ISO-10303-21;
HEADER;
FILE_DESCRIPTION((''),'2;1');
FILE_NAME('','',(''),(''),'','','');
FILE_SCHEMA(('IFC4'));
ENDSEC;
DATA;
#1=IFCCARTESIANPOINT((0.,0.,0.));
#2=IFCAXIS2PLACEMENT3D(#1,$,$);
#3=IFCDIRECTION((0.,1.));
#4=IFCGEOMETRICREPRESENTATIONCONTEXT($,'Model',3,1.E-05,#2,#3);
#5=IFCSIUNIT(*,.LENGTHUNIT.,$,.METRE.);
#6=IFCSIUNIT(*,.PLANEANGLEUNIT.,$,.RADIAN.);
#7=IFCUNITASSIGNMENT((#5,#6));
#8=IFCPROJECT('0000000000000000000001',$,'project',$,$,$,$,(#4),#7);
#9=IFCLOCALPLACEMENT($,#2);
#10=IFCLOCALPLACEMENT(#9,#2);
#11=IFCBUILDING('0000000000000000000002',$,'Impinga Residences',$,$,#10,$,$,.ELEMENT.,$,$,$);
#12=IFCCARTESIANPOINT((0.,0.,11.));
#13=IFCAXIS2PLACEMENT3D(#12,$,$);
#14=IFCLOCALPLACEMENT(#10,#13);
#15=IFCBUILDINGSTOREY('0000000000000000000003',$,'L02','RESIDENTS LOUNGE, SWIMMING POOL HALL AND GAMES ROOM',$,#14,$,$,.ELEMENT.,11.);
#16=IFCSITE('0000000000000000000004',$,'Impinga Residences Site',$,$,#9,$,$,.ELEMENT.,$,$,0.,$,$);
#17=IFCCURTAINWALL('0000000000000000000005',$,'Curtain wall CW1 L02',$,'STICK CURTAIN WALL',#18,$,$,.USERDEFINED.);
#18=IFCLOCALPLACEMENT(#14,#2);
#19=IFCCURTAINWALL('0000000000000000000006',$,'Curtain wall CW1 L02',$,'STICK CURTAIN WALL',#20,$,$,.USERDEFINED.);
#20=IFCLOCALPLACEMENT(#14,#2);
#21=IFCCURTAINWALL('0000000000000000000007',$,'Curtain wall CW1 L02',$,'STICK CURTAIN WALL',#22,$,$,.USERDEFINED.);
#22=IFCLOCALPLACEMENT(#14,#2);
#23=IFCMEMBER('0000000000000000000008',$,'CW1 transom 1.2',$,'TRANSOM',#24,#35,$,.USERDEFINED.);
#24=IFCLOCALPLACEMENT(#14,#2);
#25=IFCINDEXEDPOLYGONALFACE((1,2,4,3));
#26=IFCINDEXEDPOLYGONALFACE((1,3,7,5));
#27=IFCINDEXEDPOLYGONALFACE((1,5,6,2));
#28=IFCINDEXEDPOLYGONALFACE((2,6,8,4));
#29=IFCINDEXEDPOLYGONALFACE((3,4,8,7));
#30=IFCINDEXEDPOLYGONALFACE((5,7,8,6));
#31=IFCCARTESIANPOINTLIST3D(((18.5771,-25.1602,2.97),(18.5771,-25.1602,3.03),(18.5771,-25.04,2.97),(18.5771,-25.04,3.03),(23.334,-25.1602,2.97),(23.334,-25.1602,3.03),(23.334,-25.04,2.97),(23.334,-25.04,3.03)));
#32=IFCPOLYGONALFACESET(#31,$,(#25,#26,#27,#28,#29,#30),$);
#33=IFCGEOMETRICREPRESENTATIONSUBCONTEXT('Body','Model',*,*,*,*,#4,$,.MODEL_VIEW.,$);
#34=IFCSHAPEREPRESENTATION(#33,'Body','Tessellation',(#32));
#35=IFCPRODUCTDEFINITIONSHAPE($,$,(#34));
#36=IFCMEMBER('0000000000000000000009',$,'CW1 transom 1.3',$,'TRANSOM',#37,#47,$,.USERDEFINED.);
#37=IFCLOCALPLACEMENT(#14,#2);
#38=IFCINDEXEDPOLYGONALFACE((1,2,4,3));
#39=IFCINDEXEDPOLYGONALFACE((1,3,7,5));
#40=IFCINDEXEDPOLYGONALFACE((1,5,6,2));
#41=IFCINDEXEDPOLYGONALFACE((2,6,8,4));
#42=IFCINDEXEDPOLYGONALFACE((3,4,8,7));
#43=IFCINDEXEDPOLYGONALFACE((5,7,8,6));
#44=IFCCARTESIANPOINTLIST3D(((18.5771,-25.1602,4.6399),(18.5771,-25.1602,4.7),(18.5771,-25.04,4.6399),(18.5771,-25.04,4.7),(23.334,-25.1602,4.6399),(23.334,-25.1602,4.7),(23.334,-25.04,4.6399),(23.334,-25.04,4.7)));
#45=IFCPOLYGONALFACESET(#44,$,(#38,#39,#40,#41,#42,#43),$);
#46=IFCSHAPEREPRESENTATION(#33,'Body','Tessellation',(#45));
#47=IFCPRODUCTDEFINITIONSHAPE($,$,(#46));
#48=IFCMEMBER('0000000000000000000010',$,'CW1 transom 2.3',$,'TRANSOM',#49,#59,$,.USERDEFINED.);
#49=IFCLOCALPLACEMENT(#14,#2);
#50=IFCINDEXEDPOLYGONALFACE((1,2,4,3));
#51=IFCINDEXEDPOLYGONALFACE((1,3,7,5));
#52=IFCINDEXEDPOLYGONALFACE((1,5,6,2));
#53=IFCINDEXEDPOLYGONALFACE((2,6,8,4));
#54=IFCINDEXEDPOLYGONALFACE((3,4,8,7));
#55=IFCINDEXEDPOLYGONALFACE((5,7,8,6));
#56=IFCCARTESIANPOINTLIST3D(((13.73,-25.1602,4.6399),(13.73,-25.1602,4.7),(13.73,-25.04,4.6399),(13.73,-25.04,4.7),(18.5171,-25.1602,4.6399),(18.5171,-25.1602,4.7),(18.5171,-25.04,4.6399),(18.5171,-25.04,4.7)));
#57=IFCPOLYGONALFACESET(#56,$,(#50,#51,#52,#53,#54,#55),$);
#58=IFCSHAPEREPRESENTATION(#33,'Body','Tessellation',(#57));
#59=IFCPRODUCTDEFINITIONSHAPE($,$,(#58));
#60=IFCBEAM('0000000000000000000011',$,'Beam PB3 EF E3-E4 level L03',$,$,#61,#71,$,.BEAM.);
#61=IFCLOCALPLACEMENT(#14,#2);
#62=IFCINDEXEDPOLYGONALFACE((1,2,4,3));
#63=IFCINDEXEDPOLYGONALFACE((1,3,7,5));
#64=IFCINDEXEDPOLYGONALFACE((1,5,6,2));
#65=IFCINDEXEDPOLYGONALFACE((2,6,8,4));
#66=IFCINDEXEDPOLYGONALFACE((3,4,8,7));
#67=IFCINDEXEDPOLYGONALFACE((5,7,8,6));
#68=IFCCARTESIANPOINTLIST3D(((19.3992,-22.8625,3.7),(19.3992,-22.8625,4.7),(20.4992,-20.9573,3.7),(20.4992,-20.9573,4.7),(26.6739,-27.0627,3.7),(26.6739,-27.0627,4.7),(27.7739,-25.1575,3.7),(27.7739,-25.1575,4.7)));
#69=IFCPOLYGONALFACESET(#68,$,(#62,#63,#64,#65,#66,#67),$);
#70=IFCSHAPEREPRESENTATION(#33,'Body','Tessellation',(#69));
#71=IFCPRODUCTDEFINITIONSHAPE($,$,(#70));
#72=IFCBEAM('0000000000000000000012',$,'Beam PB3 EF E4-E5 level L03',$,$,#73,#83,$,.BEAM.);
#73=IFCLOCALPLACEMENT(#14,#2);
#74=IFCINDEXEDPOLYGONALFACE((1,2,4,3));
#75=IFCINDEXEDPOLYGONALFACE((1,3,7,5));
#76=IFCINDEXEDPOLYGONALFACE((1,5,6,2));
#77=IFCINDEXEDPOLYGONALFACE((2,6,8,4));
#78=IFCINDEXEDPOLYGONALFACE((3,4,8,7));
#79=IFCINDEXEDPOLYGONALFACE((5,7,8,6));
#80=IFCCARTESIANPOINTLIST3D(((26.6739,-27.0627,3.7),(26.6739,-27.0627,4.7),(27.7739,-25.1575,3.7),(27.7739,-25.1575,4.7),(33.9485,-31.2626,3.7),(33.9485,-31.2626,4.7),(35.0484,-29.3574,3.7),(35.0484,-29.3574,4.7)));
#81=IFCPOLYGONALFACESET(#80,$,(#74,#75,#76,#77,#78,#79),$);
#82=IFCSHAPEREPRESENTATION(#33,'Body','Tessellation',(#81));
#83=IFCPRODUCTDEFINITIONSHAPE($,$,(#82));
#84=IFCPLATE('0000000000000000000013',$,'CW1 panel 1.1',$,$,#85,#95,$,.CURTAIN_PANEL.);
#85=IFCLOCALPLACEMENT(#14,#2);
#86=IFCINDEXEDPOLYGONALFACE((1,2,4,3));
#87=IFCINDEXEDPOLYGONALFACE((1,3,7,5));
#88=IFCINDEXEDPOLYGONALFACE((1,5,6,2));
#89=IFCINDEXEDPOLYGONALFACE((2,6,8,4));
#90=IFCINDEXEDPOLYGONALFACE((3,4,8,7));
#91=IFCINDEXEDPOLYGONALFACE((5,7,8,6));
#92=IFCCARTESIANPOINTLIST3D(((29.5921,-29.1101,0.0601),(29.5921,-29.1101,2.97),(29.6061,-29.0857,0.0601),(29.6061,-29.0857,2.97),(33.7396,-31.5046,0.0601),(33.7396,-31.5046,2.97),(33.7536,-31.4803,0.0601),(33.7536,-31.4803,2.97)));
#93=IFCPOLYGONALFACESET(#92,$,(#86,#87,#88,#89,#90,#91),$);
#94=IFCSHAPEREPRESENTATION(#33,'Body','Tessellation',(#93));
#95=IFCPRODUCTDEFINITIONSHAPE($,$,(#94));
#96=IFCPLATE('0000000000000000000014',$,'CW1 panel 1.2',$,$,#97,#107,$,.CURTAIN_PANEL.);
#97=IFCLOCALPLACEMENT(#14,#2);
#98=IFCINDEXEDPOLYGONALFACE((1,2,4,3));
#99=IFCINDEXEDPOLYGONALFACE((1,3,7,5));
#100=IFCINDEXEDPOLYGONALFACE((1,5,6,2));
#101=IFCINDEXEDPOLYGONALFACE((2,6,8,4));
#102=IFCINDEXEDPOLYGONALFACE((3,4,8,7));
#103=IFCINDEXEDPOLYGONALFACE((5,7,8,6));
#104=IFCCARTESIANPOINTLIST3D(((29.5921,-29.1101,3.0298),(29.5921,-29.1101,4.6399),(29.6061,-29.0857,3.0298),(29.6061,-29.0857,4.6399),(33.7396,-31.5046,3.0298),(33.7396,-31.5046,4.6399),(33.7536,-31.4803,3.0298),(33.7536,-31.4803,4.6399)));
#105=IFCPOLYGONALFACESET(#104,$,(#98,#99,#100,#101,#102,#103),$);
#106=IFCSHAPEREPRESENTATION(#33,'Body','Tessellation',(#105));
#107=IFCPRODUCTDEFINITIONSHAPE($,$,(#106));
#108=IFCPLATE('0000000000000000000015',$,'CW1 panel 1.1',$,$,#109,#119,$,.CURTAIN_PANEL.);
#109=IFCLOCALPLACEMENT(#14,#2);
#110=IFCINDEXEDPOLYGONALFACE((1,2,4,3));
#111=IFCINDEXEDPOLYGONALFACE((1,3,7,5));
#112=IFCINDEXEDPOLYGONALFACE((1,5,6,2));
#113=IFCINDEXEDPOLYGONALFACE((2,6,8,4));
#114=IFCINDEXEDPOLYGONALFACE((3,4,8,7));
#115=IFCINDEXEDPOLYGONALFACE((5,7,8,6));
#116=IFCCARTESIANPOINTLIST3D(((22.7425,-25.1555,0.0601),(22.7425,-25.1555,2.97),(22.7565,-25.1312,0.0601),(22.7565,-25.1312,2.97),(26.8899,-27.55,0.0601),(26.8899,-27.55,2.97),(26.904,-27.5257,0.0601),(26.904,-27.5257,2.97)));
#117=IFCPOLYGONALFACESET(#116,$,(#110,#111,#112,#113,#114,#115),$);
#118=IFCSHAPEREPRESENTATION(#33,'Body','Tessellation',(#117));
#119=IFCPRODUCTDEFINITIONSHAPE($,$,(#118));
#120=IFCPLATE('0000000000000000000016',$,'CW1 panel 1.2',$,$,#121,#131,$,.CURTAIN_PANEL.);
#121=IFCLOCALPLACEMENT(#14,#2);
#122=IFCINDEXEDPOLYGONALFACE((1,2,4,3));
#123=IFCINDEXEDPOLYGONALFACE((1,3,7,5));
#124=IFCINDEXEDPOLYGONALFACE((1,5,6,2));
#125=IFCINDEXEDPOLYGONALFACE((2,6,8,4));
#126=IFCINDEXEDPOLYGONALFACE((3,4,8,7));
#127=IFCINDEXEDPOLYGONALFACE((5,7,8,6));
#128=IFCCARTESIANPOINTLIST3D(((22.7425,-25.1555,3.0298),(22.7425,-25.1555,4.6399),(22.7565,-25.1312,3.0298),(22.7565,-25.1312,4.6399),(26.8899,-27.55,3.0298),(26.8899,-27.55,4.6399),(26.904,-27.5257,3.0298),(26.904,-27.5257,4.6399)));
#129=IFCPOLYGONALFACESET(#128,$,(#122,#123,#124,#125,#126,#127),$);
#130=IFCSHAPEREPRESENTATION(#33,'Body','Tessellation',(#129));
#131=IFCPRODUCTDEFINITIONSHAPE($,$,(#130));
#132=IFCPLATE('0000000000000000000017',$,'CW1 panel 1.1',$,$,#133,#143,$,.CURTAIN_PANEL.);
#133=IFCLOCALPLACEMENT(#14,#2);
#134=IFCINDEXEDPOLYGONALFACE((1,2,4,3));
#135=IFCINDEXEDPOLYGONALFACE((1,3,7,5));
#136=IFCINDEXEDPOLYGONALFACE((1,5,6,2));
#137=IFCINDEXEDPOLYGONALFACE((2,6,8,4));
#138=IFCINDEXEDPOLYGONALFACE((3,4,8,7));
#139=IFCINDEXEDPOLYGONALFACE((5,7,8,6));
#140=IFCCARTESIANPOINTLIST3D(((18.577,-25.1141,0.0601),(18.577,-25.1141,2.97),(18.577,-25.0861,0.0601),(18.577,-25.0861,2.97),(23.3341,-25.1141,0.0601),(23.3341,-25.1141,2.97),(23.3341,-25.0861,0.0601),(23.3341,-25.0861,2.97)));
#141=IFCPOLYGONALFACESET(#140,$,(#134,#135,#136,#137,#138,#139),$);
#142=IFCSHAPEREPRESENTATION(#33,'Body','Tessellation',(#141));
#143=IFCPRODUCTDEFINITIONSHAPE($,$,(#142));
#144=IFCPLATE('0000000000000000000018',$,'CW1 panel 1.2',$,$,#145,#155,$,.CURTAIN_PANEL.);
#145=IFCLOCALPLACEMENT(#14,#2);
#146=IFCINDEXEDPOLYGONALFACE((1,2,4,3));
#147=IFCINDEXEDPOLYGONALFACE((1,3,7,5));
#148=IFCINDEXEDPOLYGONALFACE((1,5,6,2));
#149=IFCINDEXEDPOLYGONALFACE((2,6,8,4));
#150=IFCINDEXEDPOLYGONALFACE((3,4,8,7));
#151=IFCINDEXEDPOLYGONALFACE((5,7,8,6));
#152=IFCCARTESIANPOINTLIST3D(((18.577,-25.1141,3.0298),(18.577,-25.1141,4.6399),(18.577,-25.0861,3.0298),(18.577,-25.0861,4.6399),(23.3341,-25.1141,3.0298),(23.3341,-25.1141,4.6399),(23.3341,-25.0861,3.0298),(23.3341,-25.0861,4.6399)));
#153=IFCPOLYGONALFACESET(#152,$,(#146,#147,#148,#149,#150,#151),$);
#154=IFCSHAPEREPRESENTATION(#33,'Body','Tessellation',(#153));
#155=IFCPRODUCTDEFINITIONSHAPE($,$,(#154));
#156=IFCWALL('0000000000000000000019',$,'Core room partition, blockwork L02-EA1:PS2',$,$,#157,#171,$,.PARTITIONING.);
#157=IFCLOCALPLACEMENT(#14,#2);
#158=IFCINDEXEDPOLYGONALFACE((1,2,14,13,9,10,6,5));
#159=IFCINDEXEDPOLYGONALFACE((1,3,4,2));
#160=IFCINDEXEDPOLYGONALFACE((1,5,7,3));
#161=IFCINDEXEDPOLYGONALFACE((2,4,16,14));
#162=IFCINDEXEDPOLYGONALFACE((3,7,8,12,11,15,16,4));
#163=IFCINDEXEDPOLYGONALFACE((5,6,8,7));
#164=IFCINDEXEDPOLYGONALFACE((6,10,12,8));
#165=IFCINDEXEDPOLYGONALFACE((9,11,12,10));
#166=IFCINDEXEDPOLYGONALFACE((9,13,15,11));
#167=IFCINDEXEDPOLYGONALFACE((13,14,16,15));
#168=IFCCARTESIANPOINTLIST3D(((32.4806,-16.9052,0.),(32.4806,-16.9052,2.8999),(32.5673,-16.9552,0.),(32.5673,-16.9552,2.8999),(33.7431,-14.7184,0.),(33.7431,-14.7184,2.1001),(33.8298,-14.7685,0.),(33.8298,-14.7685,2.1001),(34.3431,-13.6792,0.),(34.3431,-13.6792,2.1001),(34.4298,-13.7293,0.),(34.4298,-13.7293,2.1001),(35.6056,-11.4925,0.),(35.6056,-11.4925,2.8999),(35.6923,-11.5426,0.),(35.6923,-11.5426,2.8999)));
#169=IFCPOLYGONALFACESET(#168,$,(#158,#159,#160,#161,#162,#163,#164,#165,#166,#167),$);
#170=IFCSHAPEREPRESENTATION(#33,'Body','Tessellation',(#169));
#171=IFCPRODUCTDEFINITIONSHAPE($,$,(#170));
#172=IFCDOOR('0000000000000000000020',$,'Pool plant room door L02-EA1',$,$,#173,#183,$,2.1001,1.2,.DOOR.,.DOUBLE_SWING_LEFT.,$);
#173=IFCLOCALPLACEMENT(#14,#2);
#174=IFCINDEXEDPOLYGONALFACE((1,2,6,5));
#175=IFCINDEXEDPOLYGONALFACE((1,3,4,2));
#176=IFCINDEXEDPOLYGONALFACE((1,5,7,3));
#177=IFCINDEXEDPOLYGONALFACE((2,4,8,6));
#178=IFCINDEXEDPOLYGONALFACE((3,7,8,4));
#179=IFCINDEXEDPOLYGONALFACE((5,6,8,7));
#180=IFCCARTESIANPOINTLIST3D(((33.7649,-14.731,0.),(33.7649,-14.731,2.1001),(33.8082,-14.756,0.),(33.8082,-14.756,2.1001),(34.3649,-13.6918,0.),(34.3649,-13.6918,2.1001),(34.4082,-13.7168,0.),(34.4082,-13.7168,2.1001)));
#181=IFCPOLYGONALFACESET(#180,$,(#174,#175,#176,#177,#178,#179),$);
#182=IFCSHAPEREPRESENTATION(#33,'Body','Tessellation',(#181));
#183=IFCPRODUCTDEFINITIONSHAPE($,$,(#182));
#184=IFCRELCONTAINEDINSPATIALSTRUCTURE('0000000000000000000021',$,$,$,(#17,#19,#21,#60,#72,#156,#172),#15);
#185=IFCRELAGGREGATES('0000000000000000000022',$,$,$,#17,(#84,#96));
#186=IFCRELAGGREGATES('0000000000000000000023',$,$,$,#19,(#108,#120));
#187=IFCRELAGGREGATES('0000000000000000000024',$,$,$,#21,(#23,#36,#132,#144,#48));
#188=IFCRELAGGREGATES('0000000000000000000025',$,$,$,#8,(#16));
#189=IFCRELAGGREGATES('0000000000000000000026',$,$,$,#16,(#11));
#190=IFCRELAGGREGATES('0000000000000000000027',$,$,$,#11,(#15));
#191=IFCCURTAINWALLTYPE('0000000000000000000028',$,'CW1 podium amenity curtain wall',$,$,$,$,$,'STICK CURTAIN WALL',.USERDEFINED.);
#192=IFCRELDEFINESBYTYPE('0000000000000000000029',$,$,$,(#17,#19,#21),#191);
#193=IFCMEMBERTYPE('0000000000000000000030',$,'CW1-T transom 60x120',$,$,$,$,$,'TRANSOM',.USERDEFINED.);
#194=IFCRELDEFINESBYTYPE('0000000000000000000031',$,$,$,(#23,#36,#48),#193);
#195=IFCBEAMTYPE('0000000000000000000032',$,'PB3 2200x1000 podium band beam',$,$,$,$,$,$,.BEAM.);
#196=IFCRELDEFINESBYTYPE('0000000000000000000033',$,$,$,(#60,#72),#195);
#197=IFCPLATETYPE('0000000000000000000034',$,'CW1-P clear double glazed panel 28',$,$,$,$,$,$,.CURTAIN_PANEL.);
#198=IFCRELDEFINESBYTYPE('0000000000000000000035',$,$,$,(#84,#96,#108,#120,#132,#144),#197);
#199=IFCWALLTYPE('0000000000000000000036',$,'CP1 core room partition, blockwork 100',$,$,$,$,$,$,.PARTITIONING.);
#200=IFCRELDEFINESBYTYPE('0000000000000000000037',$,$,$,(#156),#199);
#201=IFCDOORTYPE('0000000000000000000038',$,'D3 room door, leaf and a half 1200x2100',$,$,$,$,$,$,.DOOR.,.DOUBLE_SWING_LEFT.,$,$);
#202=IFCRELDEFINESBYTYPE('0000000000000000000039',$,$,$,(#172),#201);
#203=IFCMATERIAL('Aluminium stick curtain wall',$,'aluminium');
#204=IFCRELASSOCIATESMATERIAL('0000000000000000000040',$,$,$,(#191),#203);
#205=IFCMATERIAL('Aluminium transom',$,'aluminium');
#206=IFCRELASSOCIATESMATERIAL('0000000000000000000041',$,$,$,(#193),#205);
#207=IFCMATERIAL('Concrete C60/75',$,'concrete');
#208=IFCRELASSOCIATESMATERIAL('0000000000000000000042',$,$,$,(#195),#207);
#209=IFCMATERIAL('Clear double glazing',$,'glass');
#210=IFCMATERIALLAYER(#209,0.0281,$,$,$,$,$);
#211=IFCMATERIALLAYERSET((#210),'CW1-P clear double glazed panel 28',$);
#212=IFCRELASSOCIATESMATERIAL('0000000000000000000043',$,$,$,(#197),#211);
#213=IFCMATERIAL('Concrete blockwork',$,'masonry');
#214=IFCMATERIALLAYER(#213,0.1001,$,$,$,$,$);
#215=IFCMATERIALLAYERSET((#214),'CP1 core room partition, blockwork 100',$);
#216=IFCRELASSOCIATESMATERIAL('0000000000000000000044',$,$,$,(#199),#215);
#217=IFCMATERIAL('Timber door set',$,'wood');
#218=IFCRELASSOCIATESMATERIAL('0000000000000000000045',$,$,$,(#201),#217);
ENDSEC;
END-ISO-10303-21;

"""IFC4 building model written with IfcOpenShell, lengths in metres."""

from ifc_helpers import new_model, si_unit, direction, frame, frame_2d, origin, origin_2d, place, context, subcontext, project, spatial, rectangle, extrude, material, layer, layer_set, material_profile, profile_set, type_object, element, fill, aggregate, save


model = new_model("IFC4")

# Units and contexts
model_context = context("Model", 3, precision=1e-05, world=origin(), true_north=direction((0.0, 1.0)))
body_context = subcontext(model_context, "Body", "Model", "MODEL_VIEW")
ifc_project = project(units=[si_unit("LENGTHUNIT", "METRE"), si_unit("PLANEANGLEUNIT", "RADIAN")], contexts=[model_context])

# Site, building, storey
site_placement = place(None, origin())
site = spatial("IfcSite", under=ifc_project, at=site_placement, Name="Impinga Residences Site", CompositionType="ELEMENT", RefElevation=0.0)
building_placement = place(site_placement, origin())
building = spatial("IfcBuilding", under=site, at=building_placement, Name="Impinga Residences", CompositionType="ELEMENT")
storey_placement = place(building_placement, frame((0.0, 0.0, 11.0)))
storey = spatial("IfcBuildingStorey", under=building, at=storey_placement, Name="L02", Description="RESIDENTS LOUNGE, SWIMMING POOL HALL AND GAMES ROOM", CompositionType="ELEMENT", Elevation=11.0)

# Shared definitions
ifc_material_1 = material(Name="Concrete C60/75", Category="concrete")

# Curtain wall
ifc_material_2 = material(Name="Aluminium stick curtain wall", Category="aluminium")
curtain_wall_type = type_object("IfcCurtainWallType", Name="CW1 podium amenity curtain wall", ElementType="STICK CURTAIN WALL", PredefinedType="USERDEFINED", material=ifc_material_2)
curtain_wall_1_placement = place(storey_placement, origin())
curtain_wall_1 = element("IfcCurtainWall", 1, at=curtain_wall_1_placement, inside=storey, type_object=curtain_wall_type, Name="Curtain wall CW1 L02", ObjectType="STICK CURTAIN WALL", PredefinedType="USERDEFINED")

# Curtain walls
curtain_wall_2_placement = place(storey_placement, origin())
curtain_wall_2 = element("IfcCurtainWall", 2, at=curtain_wall_2_placement, inside=storey, type_object=curtain_wall_type, Name="Curtain wall CW1 L02", ObjectType="STICK CURTAIN WALL", PredefinedType="USERDEFINED")
curtain_wall_3_placement = place(storey_placement, origin())
curtain_wall_3 = element("IfcCurtainWall", 3, at=curtain_wall_3_placement, inside=storey, type_object=curtain_wall_type, Name="Curtain wall CW1 L02", ObjectType="STICK CURTAIN WALL", PredefinedType="USERDEFINED")

# Members
ifc_material_3 = material(Name="Aluminium transom", Category="aluminium")
ifc_material_profile_1 = material_profile(ifc_material_3, rectangle(XDim=0.0601, YDim=0.1201, at=origin_2d()), Name="60x120 transom")
ifc_profile_set_1 = profile_set([ifc_material_profile_1], Name="Aluminium transom")
member_type_1 = type_object("IfcMemberType", Name="CW1-T transom 60x120", ElementType="TRANSOM", PredefinedType="USERDEFINED", material=ifc_profile_set_1)
member_1_placement = place(storey_placement, frame((23.334, -25.1001, 3.0), z_axis=(-1.0, 0.0, 0.0), x_axis=(0.0, 0.0, 1.0)))
member_1 = element("IfcMember", 4, at=member_1_placement, type_object=member_type_1, Name="CW1 transom 1.2", ObjectType="TRANSOM", PredefinedType="USERDEFINED", context=body_context, shape_type="SweptSolid", body=[
    extrude(rectangle(XDim=0.0601, YDim=0.1201, at=origin_2d()), origin(), (0.0, 0.0, 1.0), 4.7568),
])
member_2_placement = place(storey_placement, frame((23.334, -25.1001, 4.6699), z_axis=(-1.0, 0.0, 0.0), x_axis=(0.0, 0.0, 1.0)))
member_2 = element("IfcMember", 5, at=member_2_placement, type_object=member_type_1, Name="CW1 transom 1.3", ObjectType="TRANSOM", PredefinedType="USERDEFINED", context=body_context, shape_type="SweptSolid", body=[
    extrude(rectangle(XDim=0.0601, YDim=0.1201, at=origin_2d()), origin(), (0.0, 0.0, 1.0), 4.7568),
])
member_3_placement = place(storey_placement, frame((18.5171, -25.1001, 4.6699), z_axis=(-1.0, 0.0, 0.0), x_axis=(0.0, 0.0, 1.0)))
member_3 = element("IfcMember", 6, at=member_3_placement, type_object=member_type_1, Name="CW1 transom 2.3", ObjectType="TRANSOM", PredefinedType="USERDEFINED", context=body_context, shape_type="SweptSolid", body=[
    extrude(rectangle(XDim=0.0601, YDim=0.1201, at=origin_2d()), origin(), (0.0, 0.0, 1.0), 4.7871),
])

# Beams
ifc_material_profile_2 = material_profile(ifc_material_1, rectangle(XDim=2.2, YDim=1.0, at=origin_2d()), Name="RC 2200x1000")
ifc_profile_set_2 = profile_set([ifc_material_profile_2], Name="Concrete C60/75")
beam_type_1 = type_object("IfcBeamType", Name="PB3 2200x1000 podium band beam", PredefinedType="BEAM", material=ifc_profile_set_2)
beam_1_placement = place(storey_placement, frame((19.9492, -21.9099, 4.2), z_axis=(0.866017, -0.500015, 0.0), x_axis=(0.500015, 0.866017, 0.0)))
element("IfcBeam", 7, at=beam_1_placement, inside=storey, type_object=beam_type_1, Name="Beam PB3 EF E3-E4 level L03", PredefinedType="BEAM", context=body_context, shape_type="SweptSolid", body=[
    extrude(rectangle(XDim=2.2, YDim=1.0, at=origin_2d()), origin(), (0.0, 0.0, 1.0), 8.4001),
])
beam_2_placement = place(storey_placement, frame((27.2239, -26.1101, 4.2), z_axis=(0.866029, -0.499993, 0.0), x_axis=(0.499993, 0.866029, 0.0)))
element("IfcBeam", 8, at=beam_2_placement, inside=storey, type_object=beam_type_1, Name="Beam PB3 EF E4-E5 level L03", PredefinedType="BEAM", context=body_context, shape_type="SweptSolid", body=[
    extrude(rectangle(XDim=2.2, YDim=1.0, at=origin_2d()), origin(), (0.0, 0.0, 1.0), 8.3999),
])

# Plates
ifc_material_4 = material(Name="Clear double glazing", Category="glass")
ifc_layer_1 = layer(ifc_material_4, 0.0281)
ifc_layer_set_1 = layer_set([ifc_layer_1], Name="CW1-P clear double glazed panel 28")
plate_type = type_object("IfcPlateType", Name="CW1-P clear double glazed panel 28", PredefinedType="CURTAIN_PANEL", material=ifc_layer_set_1)
plate_1_placement = place(storey_placement, frame((31.6729, -30.2952, 0.0601), z_axis=(0.0, 0.0, 1.0), x_axis=(-0.866025, 0.5, 0.0)))
plate_1 = element("IfcPlate", 9, at=plate_1_placement, type_object=plate_type, Name="CW1 panel 1.1", PredefinedType="CURTAIN_PANEL", context=body_context, shape_type="SweptSolid", body=[
    extrude(rectangle(XDim=4.7891, YDim=0.0281, at=origin_2d()), origin(), (0.0, 0.0, 1.0), 2.9099),
])
plate_2_placement = place(storey_placement, frame((31.6729, -30.2952, 3.0298), z_axis=(0.0, 0.0, 1.0), x_axis=(-0.866025, 0.5, 0.0)))
plate_2 = element("IfcPlate", 10, at=plate_2_placement, type_object=plate_type, Name="CW1 panel 1.2", PredefinedType="CURTAIN_PANEL", context=body_context, shape_type="SweptSolid", body=[
    extrude(rectangle(XDim=4.7891, YDim=0.0281, at=origin_2d()), origin(), (0.0, 0.0, 1.0), 1.6101),
])
aggregate(curtain_wall_1, [plate_1, plate_2])
plate_3_placement = place(storey_placement, frame((24.8232, -26.3406, 0.0601), z_axis=(0.0, 0.0, 1.0), x_axis=(-0.866025, 0.5, 0.0)))
plate_3 = element("IfcPlate", 11, at=plate_3_placement, type_object=plate_type, Name="CW1 panel 1.1", PredefinedType="CURTAIN_PANEL", context=body_context, shape_type="SweptSolid", body=[
    extrude(rectangle(XDim=4.7891, YDim=0.0281, at=origin_2d()), origin(), (0.0, 0.0, 1.0), 2.9099),
])
plate_4_placement = place(storey_placement, frame((24.8232, -26.3406, 3.0298), z_axis=(0.0, 0.0, 1.0), x_axis=(-0.866025, 0.5, 0.0)))
plate_4 = element("IfcPlate", 12, at=plate_4_placement, type_object=plate_type, Name="CW1 panel 1.2", PredefinedType="CURTAIN_PANEL", context=body_context, shape_type="SweptSolid", body=[
    extrude(rectangle(XDim=4.7891, YDim=0.0281, at=origin_2d()), origin(), (0.0, 0.0, 1.0), 1.6101),
])
aggregate(curtain_wall_2, [plate_3, plate_4])
plate_5_placement = place(storey_placement, frame((20.9556, -25.1001, 0.0601), z_axis=(0.0, 0.0, 1.0), x_axis=(-1.0, 0.0, 0.0)))
plate_5 = element("IfcPlate", 13, at=plate_5_placement, type_object=plate_type, Name="CW1 panel 1.1", PredefinedType="CURTAIN_PANEL", context=body_context, shape_type="SweptSolid", body=[
    extrude(rectangle(XDim=4.7571, YDim=0.0281, at=origin_2d()), origin(), (0.0, 0.0, 1.0), 2.9099),
])
plate_6_placement = place(storey_placement, frame((20.9556, -25.1001, 3.0298), z_axis=(0.0, 0.0, 1.0), x_axis=(-1.0, 0.0, 0.0)))
plate_6 = element("IfcPlate", 14, at=plate_6_placement, type_object=plate_type, Name="CW1 panel 1.2", PredefinedType="CURTAIN_PANEL", context=body_context, shape_type="SweptSolid", body=[
    extrude(rectangle(XDim=4.7571, YDim=0.0281, at=origin_2d()), origin(), (0.0, 0.0, 1.0), 1.6101),
])
aggregate(curtain_wall_3, [member_1, member_2, plate_5, plate_6, member_3])

# Wall, opening, door
ifc_material_5 = material(Name="Concrete blockwork", Category="masonry")
ifc_layer_2 = layer(ifc_material_5, 0.1001)
ifc_layer_set_2 = layer_set([ifc_layer_2], Name="CP1 core room partition, blockwork 100")
wall_type_1 = type_object("IfcWallType", Name="CP1 core room partition, blockwork 100", PredefinedType="PARTITIONING", material=ifc_layer_set_2)
wall_1_placement = place(storey_placement, frame((32.5239, -16.9302, 0.0), z_axis=(0.0, 0.0, 1.0), x_axis=(0.500004, 0.866023, 0.0)))
wall_1 = element("IfcWall", 15, at=wall_1_placement, inside=storey, type_object=wall_type_1, Name="Core room partition, blockwork L02-EA1:PS2", PredefinedType="PARTITIONING", context=body_context, shape_type="SweptSolid", body=[
    extrude(rectangle(XDim=6.25, YDim=0.1001, at=frame_2d((3.125, 0.0))), origin(), (0.0, 0.0, 1.0), 2.8999),
])
opening_1_placement = place(wall_1_placement, frame((2.5249, 0.0, 0.0)))
opening_1 = element("IfcOpeningElement", 16, at=opening_1_placement, cuts=wall_1, PredefinedType="OPENING", context=body_context, shape_type="SweptSolid", body=[
    extrude(rectangle(XDim=1.2, YDim=2.1001, at=frame_2d((0.6001, 1.05))), frame((0.0, 0.0601, 0.0), z_axis=(0.0, -1.0, 0.0), x_axis=(1.0, 0.0, 0.0)), (0.0, 0.0, 1.0), 0.1201),
])
ifc_material_6 = material(Name="Timber door set", Category="wood")
door_type_1 = type_object("IfcDoorType", Name="D3 room door, leaf and a half 1200x2100", OperationType="DOUBLE_SWING_LEFT", PredefinedType="DOOR", material=ifc_material_6)
door_1_placement = place(opening_1_placement, origin())
door_1 = element("IfcDoor", 17, at=door_1_placement, inside=storey, type_object=door_type_1, Name="Pool plant room door L02-EA1", OperationType="DOUBLE_SWING_LEFT", OverallHeight=2.1001, OverallWidth=1.2, PredefinedType="DOOR", context=body_context, shape_type="SweptSolid", body=[
    extrude(rectangle(XDim=1.2, YDim=2.1001, at=frame_2d((0.6001, 1.05))), frame((0.0, 0.0249, 0.0), z_axis=(0.0, -1.0, 0.0), x_axis=(1.0, 0.0, 0.0)), (0.0, 0.0, 1.0), 0.05),
])
fill(opening_1, door_1)

save(model, "model.ifc")
